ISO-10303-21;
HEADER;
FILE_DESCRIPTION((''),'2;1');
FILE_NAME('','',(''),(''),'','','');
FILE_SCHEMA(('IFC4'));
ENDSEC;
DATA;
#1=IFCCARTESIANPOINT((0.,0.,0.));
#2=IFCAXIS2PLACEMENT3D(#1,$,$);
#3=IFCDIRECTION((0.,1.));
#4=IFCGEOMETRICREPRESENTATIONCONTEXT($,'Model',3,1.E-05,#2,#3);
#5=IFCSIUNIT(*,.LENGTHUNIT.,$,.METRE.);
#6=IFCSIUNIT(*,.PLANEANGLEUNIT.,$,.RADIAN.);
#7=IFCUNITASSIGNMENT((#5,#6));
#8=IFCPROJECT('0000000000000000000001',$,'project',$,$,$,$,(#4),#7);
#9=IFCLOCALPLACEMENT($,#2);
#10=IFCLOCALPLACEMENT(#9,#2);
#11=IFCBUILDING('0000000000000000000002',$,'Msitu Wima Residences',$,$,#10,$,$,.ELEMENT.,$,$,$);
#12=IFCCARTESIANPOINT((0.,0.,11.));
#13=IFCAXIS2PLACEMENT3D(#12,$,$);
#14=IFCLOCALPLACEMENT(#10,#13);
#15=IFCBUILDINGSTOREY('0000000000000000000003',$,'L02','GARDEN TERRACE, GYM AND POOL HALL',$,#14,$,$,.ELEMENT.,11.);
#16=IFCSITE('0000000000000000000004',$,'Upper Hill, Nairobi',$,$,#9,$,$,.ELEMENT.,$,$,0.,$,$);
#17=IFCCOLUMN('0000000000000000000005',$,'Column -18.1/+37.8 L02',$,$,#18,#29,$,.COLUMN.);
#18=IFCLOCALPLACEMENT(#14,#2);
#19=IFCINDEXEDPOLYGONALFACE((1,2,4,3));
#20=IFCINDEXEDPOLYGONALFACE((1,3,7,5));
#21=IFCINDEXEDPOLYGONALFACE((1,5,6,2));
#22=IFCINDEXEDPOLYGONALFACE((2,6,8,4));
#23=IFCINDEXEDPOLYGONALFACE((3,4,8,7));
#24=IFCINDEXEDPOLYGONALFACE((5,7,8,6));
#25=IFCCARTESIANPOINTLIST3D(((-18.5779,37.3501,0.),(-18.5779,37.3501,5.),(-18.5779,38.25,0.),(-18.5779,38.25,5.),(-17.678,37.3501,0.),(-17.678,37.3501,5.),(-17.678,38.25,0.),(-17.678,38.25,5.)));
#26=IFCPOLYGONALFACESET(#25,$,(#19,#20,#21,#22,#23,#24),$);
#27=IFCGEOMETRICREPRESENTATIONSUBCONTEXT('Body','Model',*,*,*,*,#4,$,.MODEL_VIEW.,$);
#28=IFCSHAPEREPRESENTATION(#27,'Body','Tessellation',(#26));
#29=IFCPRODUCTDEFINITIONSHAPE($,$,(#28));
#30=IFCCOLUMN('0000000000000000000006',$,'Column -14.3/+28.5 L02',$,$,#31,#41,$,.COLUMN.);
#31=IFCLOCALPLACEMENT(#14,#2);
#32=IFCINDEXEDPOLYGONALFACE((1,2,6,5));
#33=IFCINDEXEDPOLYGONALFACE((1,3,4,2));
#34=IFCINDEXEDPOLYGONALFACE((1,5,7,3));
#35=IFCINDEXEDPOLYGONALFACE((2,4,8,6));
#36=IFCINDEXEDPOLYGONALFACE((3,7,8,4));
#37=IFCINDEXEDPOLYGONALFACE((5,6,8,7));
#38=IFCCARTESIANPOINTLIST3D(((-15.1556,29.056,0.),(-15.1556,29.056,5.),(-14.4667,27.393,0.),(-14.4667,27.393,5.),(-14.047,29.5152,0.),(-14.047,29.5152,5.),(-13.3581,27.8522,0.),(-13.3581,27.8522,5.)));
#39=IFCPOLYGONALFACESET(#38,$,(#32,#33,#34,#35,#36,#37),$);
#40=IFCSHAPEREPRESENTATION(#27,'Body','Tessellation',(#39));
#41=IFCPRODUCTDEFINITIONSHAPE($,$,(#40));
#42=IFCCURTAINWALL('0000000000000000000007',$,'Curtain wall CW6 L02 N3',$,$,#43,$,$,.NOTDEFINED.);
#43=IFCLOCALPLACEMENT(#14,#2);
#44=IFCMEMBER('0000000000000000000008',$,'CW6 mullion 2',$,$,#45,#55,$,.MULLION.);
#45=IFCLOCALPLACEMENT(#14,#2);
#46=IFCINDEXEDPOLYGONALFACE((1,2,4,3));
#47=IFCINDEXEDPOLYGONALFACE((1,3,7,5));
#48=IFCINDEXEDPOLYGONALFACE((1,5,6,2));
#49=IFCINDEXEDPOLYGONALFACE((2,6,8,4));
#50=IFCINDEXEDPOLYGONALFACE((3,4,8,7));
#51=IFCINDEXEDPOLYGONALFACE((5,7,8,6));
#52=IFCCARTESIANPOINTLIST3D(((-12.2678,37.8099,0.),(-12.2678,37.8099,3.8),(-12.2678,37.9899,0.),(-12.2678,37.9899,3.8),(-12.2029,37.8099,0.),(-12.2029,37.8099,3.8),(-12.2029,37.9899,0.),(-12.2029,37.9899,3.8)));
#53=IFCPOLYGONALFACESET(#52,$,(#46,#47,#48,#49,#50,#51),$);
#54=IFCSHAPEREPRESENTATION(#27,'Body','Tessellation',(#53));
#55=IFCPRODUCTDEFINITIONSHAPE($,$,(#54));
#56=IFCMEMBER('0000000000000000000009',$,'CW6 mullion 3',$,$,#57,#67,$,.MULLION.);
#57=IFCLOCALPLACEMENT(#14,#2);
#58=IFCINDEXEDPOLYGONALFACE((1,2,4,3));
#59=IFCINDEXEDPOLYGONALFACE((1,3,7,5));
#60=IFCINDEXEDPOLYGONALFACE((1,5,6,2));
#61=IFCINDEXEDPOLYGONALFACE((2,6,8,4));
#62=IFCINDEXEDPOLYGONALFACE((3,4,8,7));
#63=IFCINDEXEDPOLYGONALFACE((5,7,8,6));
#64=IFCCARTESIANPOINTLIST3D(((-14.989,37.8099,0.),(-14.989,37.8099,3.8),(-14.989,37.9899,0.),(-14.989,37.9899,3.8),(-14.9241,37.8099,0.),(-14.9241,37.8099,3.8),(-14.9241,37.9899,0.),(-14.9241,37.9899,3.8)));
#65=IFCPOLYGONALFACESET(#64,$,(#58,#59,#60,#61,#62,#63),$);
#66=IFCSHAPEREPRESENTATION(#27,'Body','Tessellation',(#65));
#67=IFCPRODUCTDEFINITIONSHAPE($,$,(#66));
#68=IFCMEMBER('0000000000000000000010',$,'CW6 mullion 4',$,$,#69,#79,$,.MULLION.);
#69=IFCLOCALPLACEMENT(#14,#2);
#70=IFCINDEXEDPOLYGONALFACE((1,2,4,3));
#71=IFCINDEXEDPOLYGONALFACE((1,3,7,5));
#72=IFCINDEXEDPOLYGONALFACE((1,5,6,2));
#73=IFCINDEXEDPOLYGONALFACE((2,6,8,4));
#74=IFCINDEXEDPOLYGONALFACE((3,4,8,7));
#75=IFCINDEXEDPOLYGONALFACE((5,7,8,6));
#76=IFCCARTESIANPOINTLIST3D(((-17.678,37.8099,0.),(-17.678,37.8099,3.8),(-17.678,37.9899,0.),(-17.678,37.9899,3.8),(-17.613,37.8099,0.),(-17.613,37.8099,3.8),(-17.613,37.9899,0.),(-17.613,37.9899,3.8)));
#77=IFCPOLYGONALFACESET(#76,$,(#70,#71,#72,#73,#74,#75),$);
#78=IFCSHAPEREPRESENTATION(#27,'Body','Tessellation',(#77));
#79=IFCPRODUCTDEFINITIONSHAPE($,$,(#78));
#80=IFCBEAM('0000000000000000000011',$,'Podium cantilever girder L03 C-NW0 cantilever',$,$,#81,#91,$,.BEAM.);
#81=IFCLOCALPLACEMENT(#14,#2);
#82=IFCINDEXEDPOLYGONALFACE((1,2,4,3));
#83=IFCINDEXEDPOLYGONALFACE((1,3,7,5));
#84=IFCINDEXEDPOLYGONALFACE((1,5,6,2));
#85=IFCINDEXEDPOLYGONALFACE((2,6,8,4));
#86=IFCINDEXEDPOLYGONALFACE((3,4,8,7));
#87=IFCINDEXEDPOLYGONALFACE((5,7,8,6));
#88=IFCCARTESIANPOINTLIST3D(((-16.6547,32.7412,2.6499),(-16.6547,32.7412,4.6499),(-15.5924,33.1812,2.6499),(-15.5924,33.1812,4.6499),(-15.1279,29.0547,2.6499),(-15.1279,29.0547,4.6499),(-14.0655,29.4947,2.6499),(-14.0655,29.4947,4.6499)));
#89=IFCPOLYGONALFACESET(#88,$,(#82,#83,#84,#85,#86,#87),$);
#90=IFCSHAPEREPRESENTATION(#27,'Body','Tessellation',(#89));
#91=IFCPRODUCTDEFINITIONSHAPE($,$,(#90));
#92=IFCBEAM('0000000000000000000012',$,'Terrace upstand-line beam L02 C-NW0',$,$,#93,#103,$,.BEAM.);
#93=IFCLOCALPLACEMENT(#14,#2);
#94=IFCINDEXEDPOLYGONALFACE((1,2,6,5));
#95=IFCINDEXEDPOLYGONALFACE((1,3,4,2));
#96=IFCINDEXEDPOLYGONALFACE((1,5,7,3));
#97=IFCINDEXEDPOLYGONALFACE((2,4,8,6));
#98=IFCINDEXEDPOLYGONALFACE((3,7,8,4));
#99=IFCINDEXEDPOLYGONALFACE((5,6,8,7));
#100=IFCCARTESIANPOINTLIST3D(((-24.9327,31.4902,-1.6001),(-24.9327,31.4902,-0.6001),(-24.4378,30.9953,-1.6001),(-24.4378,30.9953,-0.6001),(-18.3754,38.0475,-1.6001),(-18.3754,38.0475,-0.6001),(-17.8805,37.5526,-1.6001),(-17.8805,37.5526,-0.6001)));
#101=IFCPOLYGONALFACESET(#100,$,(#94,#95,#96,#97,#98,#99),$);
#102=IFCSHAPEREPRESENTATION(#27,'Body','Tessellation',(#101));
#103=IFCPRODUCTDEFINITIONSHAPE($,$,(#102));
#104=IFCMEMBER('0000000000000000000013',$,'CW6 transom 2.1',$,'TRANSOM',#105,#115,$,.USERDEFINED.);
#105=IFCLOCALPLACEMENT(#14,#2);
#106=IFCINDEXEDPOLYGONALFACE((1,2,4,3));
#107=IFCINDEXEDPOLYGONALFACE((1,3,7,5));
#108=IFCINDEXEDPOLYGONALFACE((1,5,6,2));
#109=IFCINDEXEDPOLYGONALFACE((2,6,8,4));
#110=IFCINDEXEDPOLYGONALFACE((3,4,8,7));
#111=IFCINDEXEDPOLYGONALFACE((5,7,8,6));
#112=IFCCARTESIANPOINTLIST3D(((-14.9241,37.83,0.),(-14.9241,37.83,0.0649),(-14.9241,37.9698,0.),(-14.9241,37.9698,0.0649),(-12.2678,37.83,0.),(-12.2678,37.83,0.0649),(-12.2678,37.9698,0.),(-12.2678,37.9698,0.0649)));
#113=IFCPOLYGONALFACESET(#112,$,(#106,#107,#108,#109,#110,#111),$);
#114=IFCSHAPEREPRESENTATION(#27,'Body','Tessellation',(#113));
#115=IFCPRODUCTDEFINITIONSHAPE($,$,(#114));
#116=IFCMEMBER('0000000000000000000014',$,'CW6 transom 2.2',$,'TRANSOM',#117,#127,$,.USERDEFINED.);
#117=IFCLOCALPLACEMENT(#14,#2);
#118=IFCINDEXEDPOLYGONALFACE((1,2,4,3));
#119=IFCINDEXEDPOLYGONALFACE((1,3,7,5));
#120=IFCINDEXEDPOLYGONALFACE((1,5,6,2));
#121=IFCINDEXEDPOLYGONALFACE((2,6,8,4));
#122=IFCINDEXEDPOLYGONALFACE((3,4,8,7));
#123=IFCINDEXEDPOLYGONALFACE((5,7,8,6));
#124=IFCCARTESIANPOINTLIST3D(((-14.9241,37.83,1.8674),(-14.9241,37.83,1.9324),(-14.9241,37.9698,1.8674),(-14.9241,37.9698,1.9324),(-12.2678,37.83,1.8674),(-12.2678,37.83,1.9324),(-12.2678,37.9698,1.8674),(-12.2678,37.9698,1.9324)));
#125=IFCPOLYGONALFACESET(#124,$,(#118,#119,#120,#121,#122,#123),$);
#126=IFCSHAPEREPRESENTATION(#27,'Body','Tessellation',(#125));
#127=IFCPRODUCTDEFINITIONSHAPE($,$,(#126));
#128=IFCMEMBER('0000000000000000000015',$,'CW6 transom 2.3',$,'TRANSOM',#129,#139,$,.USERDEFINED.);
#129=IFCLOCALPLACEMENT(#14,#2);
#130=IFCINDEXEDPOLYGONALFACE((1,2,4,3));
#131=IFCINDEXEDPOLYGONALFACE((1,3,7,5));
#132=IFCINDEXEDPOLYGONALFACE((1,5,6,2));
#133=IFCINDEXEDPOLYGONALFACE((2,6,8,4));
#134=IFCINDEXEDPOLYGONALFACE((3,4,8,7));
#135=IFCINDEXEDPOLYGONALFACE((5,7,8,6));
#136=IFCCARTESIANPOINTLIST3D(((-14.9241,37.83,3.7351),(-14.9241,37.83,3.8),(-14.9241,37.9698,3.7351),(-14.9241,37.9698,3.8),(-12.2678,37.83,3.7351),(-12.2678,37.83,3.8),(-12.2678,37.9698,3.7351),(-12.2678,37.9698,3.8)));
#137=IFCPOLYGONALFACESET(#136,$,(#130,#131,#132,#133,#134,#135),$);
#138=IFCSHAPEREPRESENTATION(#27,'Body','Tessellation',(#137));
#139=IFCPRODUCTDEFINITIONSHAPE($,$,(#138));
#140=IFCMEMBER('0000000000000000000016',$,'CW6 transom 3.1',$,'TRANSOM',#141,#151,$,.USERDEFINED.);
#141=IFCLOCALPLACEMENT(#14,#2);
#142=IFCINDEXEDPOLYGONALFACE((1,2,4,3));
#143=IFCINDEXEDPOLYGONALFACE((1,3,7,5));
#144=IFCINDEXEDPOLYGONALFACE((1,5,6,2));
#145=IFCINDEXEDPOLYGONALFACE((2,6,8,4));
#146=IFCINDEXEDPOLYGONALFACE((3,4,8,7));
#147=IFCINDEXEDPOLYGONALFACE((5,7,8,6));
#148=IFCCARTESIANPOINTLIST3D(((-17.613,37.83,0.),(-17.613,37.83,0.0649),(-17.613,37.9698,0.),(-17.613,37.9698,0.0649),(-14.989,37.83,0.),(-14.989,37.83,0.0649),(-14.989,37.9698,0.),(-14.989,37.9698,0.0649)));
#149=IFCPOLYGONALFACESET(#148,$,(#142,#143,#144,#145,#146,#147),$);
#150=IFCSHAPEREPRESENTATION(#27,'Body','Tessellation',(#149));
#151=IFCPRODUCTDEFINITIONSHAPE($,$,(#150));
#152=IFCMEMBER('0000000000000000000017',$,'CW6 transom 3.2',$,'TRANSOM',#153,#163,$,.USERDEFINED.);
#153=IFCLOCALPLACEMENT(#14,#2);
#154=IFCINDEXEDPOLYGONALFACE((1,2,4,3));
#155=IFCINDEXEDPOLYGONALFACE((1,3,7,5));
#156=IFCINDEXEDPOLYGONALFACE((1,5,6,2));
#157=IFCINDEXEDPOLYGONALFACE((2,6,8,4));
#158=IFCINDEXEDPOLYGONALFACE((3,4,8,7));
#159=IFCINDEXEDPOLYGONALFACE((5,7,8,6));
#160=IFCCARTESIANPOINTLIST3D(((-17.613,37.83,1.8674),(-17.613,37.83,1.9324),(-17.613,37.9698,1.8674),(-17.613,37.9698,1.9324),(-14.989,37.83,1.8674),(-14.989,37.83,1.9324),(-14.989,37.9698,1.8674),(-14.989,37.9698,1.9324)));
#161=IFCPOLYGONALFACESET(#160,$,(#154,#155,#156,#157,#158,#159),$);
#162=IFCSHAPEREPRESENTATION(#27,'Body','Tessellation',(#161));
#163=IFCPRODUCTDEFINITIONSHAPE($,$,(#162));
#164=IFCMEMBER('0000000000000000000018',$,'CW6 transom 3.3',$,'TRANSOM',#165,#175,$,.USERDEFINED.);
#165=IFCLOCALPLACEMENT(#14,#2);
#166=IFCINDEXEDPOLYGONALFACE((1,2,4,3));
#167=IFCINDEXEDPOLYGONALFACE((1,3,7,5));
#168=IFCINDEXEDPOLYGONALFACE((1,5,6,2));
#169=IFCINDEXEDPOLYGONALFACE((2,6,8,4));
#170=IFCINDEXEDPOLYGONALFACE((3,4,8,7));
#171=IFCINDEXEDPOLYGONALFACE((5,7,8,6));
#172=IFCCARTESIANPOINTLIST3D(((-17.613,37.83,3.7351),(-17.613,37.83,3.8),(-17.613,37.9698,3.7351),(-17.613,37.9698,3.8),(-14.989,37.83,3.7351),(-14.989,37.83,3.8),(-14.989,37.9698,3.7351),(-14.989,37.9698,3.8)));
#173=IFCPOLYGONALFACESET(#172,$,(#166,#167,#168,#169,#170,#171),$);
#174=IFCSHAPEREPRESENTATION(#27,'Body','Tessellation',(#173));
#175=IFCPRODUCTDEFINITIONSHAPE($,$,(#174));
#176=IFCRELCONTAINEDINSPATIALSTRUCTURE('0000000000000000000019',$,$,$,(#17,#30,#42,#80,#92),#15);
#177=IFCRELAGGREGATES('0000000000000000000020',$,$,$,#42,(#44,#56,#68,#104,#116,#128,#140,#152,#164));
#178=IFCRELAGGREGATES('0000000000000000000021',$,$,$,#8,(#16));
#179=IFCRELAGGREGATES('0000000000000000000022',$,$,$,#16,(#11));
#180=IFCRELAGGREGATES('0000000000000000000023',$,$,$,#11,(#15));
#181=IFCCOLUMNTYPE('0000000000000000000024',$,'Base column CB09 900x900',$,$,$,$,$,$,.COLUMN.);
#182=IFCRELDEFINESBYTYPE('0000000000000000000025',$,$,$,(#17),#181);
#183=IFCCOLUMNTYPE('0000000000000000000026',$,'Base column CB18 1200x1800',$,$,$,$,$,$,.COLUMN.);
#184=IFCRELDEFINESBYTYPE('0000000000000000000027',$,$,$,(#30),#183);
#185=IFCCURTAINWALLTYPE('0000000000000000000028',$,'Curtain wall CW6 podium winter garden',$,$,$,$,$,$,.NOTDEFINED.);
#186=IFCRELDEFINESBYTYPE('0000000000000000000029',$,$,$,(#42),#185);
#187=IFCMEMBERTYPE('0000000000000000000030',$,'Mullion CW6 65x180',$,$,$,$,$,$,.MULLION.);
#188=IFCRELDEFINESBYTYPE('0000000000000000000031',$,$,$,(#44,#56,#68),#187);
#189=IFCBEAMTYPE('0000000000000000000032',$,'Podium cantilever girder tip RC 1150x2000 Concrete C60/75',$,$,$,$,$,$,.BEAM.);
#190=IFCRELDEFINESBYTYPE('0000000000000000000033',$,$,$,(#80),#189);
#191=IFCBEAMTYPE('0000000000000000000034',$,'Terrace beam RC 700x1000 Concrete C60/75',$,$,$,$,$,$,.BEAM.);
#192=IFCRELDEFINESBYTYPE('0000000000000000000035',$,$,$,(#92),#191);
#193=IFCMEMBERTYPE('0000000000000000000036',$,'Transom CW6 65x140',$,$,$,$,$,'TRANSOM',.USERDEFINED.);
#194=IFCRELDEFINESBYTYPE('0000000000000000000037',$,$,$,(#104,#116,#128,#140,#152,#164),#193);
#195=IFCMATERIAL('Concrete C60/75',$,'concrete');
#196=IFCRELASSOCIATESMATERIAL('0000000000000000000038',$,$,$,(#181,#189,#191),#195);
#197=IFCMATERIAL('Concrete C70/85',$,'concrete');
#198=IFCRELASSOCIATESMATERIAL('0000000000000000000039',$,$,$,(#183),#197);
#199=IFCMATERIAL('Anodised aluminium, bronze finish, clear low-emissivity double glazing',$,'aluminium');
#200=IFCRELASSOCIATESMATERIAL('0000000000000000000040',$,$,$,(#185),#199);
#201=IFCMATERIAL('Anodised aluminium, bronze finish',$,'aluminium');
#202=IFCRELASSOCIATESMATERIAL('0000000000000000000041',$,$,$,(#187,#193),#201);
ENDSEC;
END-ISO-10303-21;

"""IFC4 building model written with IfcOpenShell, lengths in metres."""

from ifc_helpers import new_model, si_unit, direction, frame, origin, origin_2d, place, context, subcontext, project, spatial, rectangle, extrude, material, material_profile, profile_set, type_object, element, aggregate, save


model = new_model("IFC4")

# Units and contexts
model_context = context("Model", 3, precision=1e-05, world=origin(), true_north=direction((0.0, 1.0)))
body_context = subcontext(model_context, "Body", "Model", "MODEL_VIEW")
ifc_project = project(units=[si_unit("LENGTHUNIT", "METRE"), si_unit("PLANEANGLEUNIT", "RADIAN")], contexts=[model_context])

# Site, building, storey
site_placement = place(None, origin())
site = spatial("IfcSite", under=ifc_project, at=site_placement, Name="Upper Hill, Nairobi", CompositionType="ELEMENT", RefElevation=0.0)
building_placement = place(site_placement, origin())
building = spatial("IfcBuilding", under=site, at=building_placement, Name="Msitu Wima Residences", CompositionType="ELEMENT")
storey_placement = place(building_placement, frame((0.0, 0.0, 11.0)))
storey = spatial("IfcBuildingStorey", under=building, at=storey_placement, Name="L02", Description="GARDEN TERRACE, GYM AND POOL HALL", CompositionType="ELEMENT", Elevation=11.0)

# Columns
ifc_material_1 = material(Name="Concrete C60/75", Category="concrete")
ifc_material_profile_1 = material_profile(ifc_material_1, rectangle(XDim=0.8999, YDim=0.8999, at=origin_2d()), Name="RC 900x900")
ifc_profile_set_1 = profile_set([ifc_material_profile_1], Name="Concrete C60/75")
column_type_1 = type_object("IfcColumnType", Name="Base column CB09 900x900", PredefinedType="COLUMN", material=ifc_profile_set_1)
column_1_placement = place(storey_placement, frame((-18.1279, 37.8, 0.0), z_axis=(0.0, 0.0, 1.0), x_axis=(1.0, 0.0, 0.0)))
element("IfcColumn", 1, at=column_1_placement, inside=storey, type_object=column_type_1, Name="Column -18.1/+37.8 L02", PredefinedType="COLUMN", context=body_context, shape_type="SweptSolid", body=[
    extrude(rectangle(XDim=0.8999, YDim=0.8999, at=origin_2d()), origin(), (0.0, 0.0, 1.0), 5.0),
])
ifc_material_2 = material(Name="Concrete C70/85", Category="concrete")
ifc_material_profile_2 = material_profile(ifc_material_2, rectangle(XDim=1.2, YDim=1.8, at=origin_2d()), Name="RC 1200x1800")
ifc_profile_set_2 = profile_set([ifc_material_profile_2], Name="Concrete C70/85")
column_type_2 = type_object("IfcColumnType", Name="Base column CB18 1200x1800", PredefinedType="COLUMN", material=ifc_profile_set_2)
column_2_placement = place(storey_placement, frame((-14.2568, 28.4541, 0.0), z_axis=(0.0, 0.0, 1.0), x_axis=(-0.92388, -0.382683, 0.0)))
element("IfcColumn", 2, at=column_2_placement, inside=storey, type_object=column_type_2, Name="Column -14.3/+28.5 L02", PredefinedType="COLUMN", context=body_context, shape_type="SweptSolid", body=[
    extrude(rectangle(XDim=1.2, YDim=1.8, at=origin_2d()), origin(), (0.0, 0.0, 1.0), 5.0),
])

# Curtain wall, members
ifc_material_3 = material(Name="Anodised aluminium, bronze finish, clear low-emissivity double glazing", Category="aluminium")
curtain_wall_type = type_object("IfcCurtainWallType", Name="Curtain wall CW6 podium winter garden", PredefinedType="NOTDEFINED", material=ifc_material_3)
curtain_wall_placement = place(storey_placement, origin())
curtain_wall = element("IfcCurtainWall", 3, at=curtain_wall_placement, inside=storey, type_object=curtain_wall_type, Name="Curtain wall CW6 L02 N3", PredefinedType="NOTDEFINED")
ifc_material_4 = material(Name="Anodised aluminium, bronze finish", Category="aluminium")
ifc_material_profile_3 = material_profile(ifc_material_4, rectangle(XDim=0.1799, YDim=0.0649, at=origin_2d()), Name="Mullion 65x180")
ifc_profile_set_3 = profile_set([ifc_material_profile_3], Name="Anodised aluminium, bronze finish")
member_type_1 = type_object("IfcMemberType", Name="Mullion CW6 65x180", PredefinedType="MULLION", material=ifc_profile_set_3)
member_1_placement = place(storey_placement, frame((-12.2354, 37.8999, 0.0), z_axis=(0.0, 0.0, 1.0), x_axis=(0.0, -1.0, 0.0)))
member_1 = element("IfcMember", 4, at=member_1_placement, type_object=member_type_1, Name="CW6 mullion 2", PredefinedType="MULLION", context=body_context, shape_type="SweptSolid", body=[
    extrude(rectangle(XDim=0.1799, YDim=0.0649, at=origin_2d()), origin(), (0.0, 0.0, 1.0), 3.8),
])
member_2_placement = place(storey_placement, frame((-14.9565, 37.8999, 0.0), z_axis=(0.0, 0.0, 1.0), x_axis=(0.0, -1.0, 0.0)))
member_2 = element("IfcMember", 5, at=member_2_placement, type_object=member_type_1, Name="CW6 mullion 3", PredefinedType="MULLION", context=body_context, shape_type="SweptSolid", body=[
    extrude(rectangle(XDim=0.1799, YDim=0.0649, at=origin_2d()), origin(), (0.0, 0.0, 1.0), 3.8),
])
member_3_placement = place(storey_placement, frame((-17.6455, 37.8999, 0.0), z_axis=(0.0, 0.0, 1.0), x_axis=(0.0, -1.0, 0.0)))
member_3 = element("IfcMember", 6, at=member_3_placement, type_object=member_type_1, Name="CW6 mullion 4", PredefinedType="MULLION", context=body_context, shape_type="SweptSolid", body=[
    extrude(rectangle(XDim=0.1799, YDim=0.0649, at=origin_2d()), origin(), (0.0, 0.0, 1.0), 3.8),
])

# Beams
ifc_material_profile_4 = material_profile(ifc_material_1, rectangle(XDim=1.1499, YDim=2.0, at=origin_2d()), Name="RC 1150x2000")
ifc_profile_set_4 = profile_set([ifc_material_profile_4], Name="Concrete C60/75")
beam_type_1 = type_object("IfcBeamType", Name="Podium cantilever girder tip RC 1150x2000 Concrete C60/75", PredefinedType="BEAM", material=ifc_profile_set_4)
beam_1_placement = place(storey_placement, frame((-14.5967, 29.2747, 3.6499), z_axis=(-0.382651, 0.923893, 0.0), x_axis=(-0.923893, -0.382651, 0.0)))
element("IfcBeam", 7, at=beam_1_placement, inside=storey, type_object=beam_type_1, Name="Podium cantilever girder L03 C-NW0 cantilever", PredefinedType="BEAM", context=body_context, shape_type="SweptSolid", body=[
    extrude(rectangle(XDim=1.1499, YDim=2.0, at=origin_2d()), origin(), (0.0, 0.0, 1.0), 3.9902),
])
ifc_material_profile_5 = material_profile(ifc_material_1, rectangle(XDim=0.7, YDim=1.0, at=origin_2d()), Name="RC 700x1000")
ifc_profile_set_5 = profile_set([ifc_material_profile_5], Name="Concrete C60/75")
beam_type_2 = type_object("IfcBeamType", Name="Terrace beam RC 700x1000 Concrete C60/75", PredefinedType="BEAM", material=ifc_profile_set_5)
beam_2_placement = place(storey_placement, frame((-18.1279, 37.8, -1.1001), z_axis=(-0.707107, -0.707107, 0.0), x_axis=(0.707107, -0.707107, 0.0)))
element("IfcBeam", 8, at=beam_2_placement, inside=storey, type_object=beam_type_2, Name="Terrace upstand-line beam L02 C-NW0", PredefinedType="BEAM", context=body_context, shape_type="SweptSolid", body=[
    extrude(rectangle(XDim=0.7, YDim=1.0, at=origin_2d()), origin(), (0.0, 0.0, 1.0), 9.2734),
])

# Members
ifc_material_profile_6 = material_profile(ifc_material_4, rectangle(XDim=0.1399, YDim=0.0649, at=origin_2d()), Name="Transom 65x140")
ifc_profile_set_6 = profile_set([ifc_material_profile_6], Name="Anodised aluminium, bronze finish")
member_type_2 = type_object("IfcMemberType", Name="Transom CW6 65x140", ElementType="TRANSOM", PredefinedType="USERDEFINED", material=ifc_profile_set_6)
member_4_placement = place(storey_placement, frame((-12.2678, 37.8999, 0.0325), z_axis=(-1.0, 0.0, 0.0), x_axis=(0.0, -1.0, 0.0)))
member_4 = element("IfcMember", 9, at=member_4_placement, type_object=member_type_2, Name="CW6 transom 2.1", ObjectType="TRANSOM", PredefinedType="USERDEFINED", context=body_context, shape_type="SweptSolid", body=[
    extrude(rectangle(XDim=0.1399, YDim=0.0649, at=origin_2d()), origin(), (0.0, 0.0, 1.0), 2.6562),
])
member_5_placement = place(storey_placement, frame((-12.2678, 37.8999, 1.8999), z_axis=(-1.0, 0.0, 0.0), x_axis=(0.0, -1.0, 0.0)))
member_5 = element("IfcMember", 10, at=member_5_placement, type_object=member_type_2, Name="CW6 transom 2.2", ObjectType="TRANSOM", PredefinedType="USERDEFINED", context=body_context, shape_type="SweptSolid", body=[
    extrude(rectangle(XDim=0.1399, YDim=0.0649, at=origin_2d()), origin(), (0.0, 0.0, 1.0), 2.6562),
])
member_6_placement = place(storey_placement, frame((-12.2678, 37.8999, 3.7676), z_axis=(-1.0, 0.0, 0.0), x_axis=(0.0, -1.0, 0.0)))
member_6 = element("IfcMember", 11, at=member_6_placement, type_object=member_type_2, Name="CW6 transom 2.3", ObjectType="TRANSOM", PredefinedType="USERDEFINED", context=body_context, shape_type="SweptSolid", body=[
    extrude(rectangle(XDim=0.1399, YDim=0.0649, at=origin_2d()), origin(), (0.0, 0.0, 1.0), 2.6562),
])
member_7_placement = place(storey_placement, frame((-14.989, 37.8999, 0.0325), z_axis=(-1.0, 0.0, 0.0), x_axis=(0.0, -1.0, 0.0)))
member_7 = element("IfcMember", 12, at=member_7_placement, type_object=member_type_2, Name="CW6 transom 3.1", ObjectType="TRANSOM", PredefinedType="USERDEFINED", context=body_context, shape_type="SweptSolid", body=[
    extrude(rectangle(XDim=0.1399, YDim=0.0649, at=origin_2d()), origin(), (0.0, 0.0, 1.0), 2.624),
])
member_8_placement = place(storey_placement, frame((-14.989, 37.8999, 1.8999), z_axis=(-1.0, 0.0, 0.0), x_axis=(0.0, -1.0, 0.0)))
member_8 = element("IfcMember", 13, at=member_8_placement, type_object=member_type_2, Name="CW6 transom 3.2", ObjectType="TRANSOM", PredefinedType="USERDEFINED", context=body_context, shape_type="SweptSolid", body=[
    extrude(rectangle(XDim=0.1399, YDim=0.0649, at=origin_2d()), origin(), (0.0, 0.0, 1.0), 2.624),
])
member_9_placement = place(storey_placement, frame((-14.989, 37.8999, 3.7676), z_axis=(-1.0, 0.0, 0.0), x_axis=(0.0, -1.0, 0.0)))
member_9 = element("IfcMember", 14, at=member_9_placement, type_object=member_type_2, Name="CW6 transom 3.3", ObjectType="TRANSOM", PredefinedType="USERDEFINED", context=body_context, shape_type="SweptSolid", body=[
    extrude(rectangle(XDim=0.1399, YDim=0.0649, at=origin_2d()), origin(), (0.0, 0.0, 1.0), 2.624),
])

aggregate(curtain_wall, [member_1, member_2, member_3, member_4, member_5, member_6, member_7, member_8, member_9])

save(model, "model.ifc")
